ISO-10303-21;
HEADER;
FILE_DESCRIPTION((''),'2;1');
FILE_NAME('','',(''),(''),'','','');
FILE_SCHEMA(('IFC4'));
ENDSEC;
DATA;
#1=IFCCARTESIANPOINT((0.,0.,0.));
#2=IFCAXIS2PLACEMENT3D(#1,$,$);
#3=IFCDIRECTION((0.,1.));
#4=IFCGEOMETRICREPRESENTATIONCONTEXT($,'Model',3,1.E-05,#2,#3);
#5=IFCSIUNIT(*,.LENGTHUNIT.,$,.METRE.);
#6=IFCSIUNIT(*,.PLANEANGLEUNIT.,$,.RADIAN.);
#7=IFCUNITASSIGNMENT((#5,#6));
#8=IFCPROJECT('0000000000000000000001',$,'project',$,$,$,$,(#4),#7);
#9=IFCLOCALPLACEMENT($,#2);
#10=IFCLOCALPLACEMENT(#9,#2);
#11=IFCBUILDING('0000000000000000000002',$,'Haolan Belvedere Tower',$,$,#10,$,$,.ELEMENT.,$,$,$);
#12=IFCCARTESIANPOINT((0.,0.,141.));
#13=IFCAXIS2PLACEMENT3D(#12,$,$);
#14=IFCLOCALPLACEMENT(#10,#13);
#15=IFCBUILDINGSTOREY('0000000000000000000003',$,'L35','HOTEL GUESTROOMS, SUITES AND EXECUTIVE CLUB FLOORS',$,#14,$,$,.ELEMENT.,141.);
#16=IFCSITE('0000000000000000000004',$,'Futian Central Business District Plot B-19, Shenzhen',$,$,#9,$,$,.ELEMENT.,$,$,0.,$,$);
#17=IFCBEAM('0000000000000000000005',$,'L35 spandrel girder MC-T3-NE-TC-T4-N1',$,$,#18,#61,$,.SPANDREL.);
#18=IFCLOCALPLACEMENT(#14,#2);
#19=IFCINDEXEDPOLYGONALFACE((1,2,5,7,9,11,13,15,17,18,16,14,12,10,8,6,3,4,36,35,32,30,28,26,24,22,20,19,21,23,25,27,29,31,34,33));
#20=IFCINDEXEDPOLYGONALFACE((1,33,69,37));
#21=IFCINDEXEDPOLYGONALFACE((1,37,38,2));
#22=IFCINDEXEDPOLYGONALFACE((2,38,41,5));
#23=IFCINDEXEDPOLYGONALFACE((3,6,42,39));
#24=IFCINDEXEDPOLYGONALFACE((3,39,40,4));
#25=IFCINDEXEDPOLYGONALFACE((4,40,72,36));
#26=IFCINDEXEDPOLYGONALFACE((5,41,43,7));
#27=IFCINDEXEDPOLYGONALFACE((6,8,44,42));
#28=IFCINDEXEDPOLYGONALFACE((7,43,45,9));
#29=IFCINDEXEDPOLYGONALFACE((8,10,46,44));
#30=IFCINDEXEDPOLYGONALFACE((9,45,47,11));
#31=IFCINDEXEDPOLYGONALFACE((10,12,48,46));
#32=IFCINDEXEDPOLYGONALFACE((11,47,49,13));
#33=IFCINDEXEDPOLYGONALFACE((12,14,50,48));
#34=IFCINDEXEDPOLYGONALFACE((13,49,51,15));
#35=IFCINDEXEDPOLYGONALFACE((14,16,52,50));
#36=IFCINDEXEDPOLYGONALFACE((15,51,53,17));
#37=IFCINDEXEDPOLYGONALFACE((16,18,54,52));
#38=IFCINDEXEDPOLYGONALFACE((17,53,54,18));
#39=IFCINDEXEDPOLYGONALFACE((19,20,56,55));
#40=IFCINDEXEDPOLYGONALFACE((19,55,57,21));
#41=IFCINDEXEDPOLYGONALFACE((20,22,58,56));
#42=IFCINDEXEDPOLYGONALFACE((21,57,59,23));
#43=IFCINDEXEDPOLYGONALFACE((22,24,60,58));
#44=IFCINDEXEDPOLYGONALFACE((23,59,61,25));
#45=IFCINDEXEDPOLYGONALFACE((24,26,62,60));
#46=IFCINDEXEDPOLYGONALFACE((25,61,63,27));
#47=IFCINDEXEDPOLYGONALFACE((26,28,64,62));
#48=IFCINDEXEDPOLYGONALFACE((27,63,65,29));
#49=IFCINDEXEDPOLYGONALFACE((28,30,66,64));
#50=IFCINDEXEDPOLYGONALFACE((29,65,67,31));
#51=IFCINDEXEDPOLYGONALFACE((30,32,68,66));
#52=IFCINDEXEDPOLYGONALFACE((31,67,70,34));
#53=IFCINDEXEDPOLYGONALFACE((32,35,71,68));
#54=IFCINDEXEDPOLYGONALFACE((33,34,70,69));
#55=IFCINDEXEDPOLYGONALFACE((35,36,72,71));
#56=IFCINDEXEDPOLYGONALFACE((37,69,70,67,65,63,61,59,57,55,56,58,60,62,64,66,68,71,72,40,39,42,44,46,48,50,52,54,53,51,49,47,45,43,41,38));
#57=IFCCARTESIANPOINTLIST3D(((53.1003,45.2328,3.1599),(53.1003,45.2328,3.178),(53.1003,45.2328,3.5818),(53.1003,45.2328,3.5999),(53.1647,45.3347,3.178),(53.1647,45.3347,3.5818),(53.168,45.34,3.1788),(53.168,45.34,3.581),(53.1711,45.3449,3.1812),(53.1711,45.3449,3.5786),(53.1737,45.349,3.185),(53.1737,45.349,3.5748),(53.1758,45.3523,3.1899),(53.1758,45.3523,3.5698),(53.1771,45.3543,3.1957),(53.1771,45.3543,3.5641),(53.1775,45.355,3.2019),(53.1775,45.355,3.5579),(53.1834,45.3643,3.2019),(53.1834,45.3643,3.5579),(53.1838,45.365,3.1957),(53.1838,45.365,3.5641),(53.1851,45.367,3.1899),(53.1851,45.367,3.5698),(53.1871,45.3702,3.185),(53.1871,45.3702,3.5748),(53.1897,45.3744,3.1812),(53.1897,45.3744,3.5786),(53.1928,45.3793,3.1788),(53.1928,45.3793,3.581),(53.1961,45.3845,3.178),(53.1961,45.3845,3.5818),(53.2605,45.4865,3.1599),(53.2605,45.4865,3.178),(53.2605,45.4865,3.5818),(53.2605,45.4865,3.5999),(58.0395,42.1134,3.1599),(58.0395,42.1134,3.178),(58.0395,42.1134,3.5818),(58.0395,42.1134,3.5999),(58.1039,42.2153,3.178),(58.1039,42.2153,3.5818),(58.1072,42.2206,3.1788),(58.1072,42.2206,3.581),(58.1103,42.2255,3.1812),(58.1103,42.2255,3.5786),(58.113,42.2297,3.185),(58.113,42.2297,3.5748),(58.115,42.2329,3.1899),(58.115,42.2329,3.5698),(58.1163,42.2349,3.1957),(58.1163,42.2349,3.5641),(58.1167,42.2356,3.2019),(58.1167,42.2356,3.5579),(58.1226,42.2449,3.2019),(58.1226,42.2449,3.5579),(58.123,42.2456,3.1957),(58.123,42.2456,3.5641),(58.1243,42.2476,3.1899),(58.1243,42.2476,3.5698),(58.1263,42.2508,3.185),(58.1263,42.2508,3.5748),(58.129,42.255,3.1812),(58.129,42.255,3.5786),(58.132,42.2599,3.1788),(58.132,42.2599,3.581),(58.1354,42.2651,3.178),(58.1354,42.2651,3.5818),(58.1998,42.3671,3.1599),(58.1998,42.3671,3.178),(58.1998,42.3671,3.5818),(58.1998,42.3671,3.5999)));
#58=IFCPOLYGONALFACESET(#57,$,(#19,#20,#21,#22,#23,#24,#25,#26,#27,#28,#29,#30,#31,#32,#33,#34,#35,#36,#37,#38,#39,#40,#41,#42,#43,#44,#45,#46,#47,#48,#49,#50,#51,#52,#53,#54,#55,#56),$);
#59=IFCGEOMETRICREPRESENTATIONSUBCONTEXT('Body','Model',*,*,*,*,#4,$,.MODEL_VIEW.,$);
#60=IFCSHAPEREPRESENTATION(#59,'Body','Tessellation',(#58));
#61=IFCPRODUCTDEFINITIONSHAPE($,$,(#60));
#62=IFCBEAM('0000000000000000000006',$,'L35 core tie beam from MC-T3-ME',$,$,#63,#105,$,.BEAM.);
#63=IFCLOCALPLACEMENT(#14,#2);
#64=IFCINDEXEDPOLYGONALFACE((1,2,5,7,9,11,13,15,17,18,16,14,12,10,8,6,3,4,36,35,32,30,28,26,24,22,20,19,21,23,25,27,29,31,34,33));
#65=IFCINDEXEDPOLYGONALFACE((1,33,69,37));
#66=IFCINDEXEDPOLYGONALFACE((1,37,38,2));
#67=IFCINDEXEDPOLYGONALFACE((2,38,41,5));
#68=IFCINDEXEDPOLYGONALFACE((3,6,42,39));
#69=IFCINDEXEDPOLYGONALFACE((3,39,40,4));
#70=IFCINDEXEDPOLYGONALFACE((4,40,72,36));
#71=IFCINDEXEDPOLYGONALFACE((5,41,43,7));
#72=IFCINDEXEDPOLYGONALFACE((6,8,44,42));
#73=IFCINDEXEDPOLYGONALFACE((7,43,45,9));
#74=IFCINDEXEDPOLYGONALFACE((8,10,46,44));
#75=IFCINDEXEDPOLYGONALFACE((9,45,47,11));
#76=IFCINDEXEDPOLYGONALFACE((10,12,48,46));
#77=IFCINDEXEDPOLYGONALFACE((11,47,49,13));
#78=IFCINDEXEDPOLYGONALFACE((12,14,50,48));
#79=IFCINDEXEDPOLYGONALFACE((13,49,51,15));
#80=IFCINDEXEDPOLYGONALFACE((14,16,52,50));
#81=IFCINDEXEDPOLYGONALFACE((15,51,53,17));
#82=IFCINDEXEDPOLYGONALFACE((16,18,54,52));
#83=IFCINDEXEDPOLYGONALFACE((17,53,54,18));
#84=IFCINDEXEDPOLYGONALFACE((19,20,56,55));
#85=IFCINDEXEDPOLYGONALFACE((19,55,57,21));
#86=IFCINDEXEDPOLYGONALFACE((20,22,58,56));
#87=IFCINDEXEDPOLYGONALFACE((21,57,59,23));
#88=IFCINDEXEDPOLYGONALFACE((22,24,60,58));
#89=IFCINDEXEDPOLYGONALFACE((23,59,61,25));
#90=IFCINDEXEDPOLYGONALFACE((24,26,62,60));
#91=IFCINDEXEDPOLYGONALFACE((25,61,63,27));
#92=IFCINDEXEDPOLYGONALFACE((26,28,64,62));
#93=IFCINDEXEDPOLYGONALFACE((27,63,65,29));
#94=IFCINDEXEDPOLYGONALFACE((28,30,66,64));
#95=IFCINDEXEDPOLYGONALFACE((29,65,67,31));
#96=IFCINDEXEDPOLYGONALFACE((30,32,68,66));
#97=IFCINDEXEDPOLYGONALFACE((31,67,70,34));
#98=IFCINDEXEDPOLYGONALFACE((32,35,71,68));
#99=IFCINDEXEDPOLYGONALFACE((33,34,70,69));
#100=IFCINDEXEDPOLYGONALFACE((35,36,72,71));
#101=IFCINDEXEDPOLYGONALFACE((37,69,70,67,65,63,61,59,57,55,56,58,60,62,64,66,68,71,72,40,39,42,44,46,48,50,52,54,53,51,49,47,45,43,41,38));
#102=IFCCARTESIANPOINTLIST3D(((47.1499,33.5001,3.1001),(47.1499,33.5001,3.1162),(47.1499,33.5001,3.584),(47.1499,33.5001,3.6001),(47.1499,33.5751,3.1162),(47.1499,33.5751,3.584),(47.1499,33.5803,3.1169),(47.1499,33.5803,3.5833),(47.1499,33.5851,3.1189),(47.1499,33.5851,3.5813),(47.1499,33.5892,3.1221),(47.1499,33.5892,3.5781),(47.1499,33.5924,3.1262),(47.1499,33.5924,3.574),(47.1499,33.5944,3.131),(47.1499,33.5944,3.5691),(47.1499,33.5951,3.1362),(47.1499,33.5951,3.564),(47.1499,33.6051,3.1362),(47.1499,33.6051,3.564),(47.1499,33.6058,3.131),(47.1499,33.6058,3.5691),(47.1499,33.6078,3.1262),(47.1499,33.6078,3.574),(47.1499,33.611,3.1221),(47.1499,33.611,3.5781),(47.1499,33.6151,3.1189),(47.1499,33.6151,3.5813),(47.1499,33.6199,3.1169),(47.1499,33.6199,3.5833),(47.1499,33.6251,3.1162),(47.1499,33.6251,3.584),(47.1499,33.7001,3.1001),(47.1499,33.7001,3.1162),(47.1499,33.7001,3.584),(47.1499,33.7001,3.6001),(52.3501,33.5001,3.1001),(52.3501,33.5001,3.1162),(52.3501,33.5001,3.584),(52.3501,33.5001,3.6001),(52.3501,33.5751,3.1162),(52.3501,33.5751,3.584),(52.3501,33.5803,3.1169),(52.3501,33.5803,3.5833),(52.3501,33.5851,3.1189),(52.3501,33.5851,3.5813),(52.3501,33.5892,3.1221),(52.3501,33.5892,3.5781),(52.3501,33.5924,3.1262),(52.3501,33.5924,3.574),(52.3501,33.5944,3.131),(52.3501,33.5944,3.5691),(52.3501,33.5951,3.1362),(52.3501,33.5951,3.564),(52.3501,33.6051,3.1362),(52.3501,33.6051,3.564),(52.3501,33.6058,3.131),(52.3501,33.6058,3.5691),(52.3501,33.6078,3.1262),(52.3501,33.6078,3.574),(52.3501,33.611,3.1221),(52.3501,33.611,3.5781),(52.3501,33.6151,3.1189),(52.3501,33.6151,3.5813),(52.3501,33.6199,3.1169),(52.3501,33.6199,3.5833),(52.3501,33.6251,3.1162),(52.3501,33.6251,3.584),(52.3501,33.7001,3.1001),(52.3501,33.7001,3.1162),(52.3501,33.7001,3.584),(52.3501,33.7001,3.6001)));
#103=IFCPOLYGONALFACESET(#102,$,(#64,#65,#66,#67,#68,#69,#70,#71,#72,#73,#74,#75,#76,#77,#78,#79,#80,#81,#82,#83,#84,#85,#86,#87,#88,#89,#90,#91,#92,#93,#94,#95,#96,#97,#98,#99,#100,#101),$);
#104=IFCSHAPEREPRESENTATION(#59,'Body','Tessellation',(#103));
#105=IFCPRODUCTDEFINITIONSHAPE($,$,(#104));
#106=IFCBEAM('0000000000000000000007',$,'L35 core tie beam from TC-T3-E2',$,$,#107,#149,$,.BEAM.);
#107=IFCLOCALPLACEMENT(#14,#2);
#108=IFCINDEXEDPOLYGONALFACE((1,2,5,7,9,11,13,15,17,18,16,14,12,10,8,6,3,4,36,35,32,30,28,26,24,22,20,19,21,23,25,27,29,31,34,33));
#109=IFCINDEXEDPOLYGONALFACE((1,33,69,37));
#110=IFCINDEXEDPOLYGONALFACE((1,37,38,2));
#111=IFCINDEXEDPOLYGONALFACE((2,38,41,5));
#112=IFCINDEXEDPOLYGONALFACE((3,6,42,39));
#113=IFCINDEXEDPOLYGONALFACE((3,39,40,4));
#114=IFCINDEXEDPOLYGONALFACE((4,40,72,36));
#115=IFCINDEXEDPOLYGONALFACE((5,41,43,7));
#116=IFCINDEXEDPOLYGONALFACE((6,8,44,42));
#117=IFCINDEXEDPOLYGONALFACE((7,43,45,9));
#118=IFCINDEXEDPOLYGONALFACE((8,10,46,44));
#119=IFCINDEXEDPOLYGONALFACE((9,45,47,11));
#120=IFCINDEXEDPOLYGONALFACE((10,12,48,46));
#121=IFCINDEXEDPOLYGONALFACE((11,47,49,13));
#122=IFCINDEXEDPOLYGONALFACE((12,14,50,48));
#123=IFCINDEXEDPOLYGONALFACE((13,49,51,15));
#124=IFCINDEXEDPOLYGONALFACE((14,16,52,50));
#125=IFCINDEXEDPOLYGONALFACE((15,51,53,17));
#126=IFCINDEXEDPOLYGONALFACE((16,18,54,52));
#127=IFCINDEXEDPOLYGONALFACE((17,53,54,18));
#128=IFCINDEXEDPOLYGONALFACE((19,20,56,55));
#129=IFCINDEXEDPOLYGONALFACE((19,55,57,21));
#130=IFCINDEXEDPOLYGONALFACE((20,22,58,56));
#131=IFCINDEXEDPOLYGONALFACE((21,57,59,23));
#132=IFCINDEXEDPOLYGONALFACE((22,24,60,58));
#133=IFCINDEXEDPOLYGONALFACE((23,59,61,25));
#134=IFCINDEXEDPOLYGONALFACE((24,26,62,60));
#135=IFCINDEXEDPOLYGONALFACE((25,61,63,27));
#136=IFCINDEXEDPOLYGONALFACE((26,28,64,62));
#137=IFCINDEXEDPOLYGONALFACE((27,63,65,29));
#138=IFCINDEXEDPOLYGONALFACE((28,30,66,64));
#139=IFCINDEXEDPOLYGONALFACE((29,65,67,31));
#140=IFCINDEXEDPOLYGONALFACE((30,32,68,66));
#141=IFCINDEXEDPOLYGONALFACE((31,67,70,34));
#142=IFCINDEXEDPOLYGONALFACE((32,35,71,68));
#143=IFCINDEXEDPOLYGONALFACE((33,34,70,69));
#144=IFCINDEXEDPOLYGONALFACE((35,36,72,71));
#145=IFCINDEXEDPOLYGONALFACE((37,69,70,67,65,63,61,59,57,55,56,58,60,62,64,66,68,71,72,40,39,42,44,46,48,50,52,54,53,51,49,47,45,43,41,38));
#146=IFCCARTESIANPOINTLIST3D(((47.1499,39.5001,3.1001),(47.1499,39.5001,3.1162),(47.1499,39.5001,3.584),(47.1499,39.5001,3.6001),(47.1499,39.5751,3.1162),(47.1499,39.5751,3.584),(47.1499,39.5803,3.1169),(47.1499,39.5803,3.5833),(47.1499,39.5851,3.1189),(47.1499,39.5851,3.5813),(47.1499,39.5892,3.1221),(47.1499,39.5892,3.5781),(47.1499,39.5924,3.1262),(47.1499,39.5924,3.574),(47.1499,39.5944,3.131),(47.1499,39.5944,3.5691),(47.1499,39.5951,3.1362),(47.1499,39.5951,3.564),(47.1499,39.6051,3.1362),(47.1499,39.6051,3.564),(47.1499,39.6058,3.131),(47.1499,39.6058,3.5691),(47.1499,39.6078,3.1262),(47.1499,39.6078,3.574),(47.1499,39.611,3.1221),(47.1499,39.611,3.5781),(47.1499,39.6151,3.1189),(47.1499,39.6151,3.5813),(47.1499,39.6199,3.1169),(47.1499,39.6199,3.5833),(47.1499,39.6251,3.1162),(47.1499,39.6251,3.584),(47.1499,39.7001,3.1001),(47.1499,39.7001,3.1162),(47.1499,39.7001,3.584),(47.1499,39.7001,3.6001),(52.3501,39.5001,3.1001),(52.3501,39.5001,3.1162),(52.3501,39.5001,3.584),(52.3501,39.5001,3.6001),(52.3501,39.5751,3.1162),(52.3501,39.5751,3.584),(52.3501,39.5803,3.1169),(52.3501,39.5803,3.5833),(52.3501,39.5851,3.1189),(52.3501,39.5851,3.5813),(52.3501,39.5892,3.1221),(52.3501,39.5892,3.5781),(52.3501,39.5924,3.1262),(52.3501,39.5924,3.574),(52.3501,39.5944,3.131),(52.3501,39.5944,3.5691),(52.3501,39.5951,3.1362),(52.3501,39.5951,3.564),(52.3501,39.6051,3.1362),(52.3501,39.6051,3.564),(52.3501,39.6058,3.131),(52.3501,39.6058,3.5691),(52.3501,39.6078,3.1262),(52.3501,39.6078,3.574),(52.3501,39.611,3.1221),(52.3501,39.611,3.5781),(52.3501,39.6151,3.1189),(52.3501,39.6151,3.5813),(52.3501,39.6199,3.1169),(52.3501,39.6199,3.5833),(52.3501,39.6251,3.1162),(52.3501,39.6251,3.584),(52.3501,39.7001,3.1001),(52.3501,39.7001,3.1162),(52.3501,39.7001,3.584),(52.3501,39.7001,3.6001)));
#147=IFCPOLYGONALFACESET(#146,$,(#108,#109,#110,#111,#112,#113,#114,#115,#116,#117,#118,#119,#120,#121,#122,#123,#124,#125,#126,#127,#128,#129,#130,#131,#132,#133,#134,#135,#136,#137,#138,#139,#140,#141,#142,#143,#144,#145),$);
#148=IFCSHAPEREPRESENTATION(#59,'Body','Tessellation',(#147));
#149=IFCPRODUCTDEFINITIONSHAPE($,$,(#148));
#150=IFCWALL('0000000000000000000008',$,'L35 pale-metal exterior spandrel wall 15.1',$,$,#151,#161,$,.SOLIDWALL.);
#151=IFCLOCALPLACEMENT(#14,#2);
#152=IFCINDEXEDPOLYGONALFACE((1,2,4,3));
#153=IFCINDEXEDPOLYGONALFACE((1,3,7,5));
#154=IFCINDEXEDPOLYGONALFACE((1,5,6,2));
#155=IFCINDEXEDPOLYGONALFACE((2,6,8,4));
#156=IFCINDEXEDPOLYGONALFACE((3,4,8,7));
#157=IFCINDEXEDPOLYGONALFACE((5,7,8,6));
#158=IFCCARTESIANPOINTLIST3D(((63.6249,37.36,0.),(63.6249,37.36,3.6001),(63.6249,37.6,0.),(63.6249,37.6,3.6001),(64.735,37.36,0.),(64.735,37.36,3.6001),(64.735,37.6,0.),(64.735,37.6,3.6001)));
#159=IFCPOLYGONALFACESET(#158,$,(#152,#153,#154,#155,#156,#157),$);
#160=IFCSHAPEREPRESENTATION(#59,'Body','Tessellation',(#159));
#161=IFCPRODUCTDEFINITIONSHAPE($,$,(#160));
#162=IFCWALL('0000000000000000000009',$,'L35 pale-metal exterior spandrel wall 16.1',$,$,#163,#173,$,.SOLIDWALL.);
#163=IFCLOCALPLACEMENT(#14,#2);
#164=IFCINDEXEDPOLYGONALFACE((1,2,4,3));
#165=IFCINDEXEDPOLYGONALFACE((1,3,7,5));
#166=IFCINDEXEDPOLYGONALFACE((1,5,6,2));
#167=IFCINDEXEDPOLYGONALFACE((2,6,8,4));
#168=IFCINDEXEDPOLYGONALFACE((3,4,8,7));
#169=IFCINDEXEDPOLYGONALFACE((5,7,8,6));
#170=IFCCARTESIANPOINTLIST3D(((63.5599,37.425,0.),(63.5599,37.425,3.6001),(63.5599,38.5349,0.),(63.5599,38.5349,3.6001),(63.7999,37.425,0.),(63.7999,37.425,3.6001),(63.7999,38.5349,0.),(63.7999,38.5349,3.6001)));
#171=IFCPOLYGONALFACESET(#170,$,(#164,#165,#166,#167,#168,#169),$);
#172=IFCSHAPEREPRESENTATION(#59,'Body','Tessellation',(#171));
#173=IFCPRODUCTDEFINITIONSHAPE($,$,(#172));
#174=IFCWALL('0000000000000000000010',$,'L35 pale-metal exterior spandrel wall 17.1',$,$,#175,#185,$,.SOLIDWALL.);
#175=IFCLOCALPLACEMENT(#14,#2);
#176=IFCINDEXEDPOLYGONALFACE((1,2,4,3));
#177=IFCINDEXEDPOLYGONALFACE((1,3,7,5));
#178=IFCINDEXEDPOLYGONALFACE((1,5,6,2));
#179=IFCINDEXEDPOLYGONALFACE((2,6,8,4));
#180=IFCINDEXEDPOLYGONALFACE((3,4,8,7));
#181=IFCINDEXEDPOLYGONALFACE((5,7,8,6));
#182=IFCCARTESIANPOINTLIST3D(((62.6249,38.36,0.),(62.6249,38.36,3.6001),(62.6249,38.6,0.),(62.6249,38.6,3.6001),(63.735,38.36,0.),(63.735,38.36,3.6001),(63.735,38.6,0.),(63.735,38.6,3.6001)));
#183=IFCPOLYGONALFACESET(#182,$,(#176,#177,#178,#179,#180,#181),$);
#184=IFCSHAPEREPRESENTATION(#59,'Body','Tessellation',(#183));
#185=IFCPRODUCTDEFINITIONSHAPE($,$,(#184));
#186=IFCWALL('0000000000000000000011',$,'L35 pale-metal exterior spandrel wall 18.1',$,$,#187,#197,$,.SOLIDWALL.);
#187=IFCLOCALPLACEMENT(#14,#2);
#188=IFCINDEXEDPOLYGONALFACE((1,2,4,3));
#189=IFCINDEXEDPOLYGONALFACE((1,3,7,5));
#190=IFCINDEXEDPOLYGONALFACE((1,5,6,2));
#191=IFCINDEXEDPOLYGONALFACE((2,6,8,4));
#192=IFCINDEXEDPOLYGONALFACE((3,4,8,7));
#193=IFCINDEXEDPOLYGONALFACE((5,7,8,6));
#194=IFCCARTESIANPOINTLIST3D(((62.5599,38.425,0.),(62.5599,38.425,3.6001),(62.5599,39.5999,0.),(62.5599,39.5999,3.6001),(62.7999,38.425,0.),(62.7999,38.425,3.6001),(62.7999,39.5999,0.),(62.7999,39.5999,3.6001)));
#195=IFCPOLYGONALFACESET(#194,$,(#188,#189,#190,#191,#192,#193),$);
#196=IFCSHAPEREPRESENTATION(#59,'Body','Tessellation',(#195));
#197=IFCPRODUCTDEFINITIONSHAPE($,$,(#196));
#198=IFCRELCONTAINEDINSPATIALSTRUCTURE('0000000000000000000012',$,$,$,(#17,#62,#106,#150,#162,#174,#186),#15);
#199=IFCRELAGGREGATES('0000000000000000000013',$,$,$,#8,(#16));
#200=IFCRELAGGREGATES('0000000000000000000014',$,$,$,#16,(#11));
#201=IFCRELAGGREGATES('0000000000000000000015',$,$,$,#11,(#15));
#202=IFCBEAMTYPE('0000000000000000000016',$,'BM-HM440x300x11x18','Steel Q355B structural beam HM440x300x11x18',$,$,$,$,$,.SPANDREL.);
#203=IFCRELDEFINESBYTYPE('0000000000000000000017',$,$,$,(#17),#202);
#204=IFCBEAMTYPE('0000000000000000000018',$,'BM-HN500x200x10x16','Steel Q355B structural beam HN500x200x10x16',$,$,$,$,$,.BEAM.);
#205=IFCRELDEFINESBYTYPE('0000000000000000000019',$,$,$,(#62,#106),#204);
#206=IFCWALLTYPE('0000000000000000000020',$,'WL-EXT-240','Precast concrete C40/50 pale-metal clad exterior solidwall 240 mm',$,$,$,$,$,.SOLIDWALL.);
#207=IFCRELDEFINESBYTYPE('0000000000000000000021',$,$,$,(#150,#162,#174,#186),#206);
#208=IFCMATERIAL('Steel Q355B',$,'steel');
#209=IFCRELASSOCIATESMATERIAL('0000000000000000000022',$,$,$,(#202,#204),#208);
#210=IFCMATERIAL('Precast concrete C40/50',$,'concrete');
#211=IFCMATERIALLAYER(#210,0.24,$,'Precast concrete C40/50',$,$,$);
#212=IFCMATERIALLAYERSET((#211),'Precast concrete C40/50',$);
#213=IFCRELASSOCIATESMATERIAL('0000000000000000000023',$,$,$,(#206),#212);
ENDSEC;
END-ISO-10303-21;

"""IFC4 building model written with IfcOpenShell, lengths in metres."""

from ifc_helpers import new_model, si_unit, direction, frame, frame_2d, origin, origin_2d, place, context, subcontext, project, spatial, rectangle, i_section, extrude, material, layer, layer_set, material_profile, profile_set, type_object, element, save


model = new_model("IFC4")

# Units and contexts
model_context = context("Model", 3, precision=1e-05, world=origin(), true_north=direction((0.0, 1.0)))
body_context = subcontext(model_context, "Body", "Model", "MODEL_VIEW")
ifc_project = project(units=[si_unit("LENGTHUNIT", "METRE"), si_unit("PLANEANGLEUNIT", "RADIAN")], contexts=[model_context])

# Site, building, storey
site_placement = place(None, origin())
site = spatial("IfcSite", under=ifc_project, at=site_placement, Name="Futian Central Business District Plot B-19, Shenzhen", CompositionType="ELEMENT", RefElevation=0.0)
building_placement = place(site_placement, origin())
building = spatial("IfcBuilding", under=site, at=building_placement, Name="Haolan Belvedere Tower", CompositionType="ELEMENT")
storey_placement = place(building_placement, frame((0.0, 0.0, 141.0)))
storey = spatial("IfcBuildingStorey", under=building, at=storey_placement, Name="L35", Description="HOTEL GUESTROOMS, SUITES AND EXECUTIVE CLUB FLOORS", CompositionType="ELEMENT", Elevation=141.0)

# Beams
ifc_material_1 = material(Name="Steel Q355B", Category="steel")
ifc_material_profile_1 = material_profile(ifc_material_1, i_section(OverallWidth=0.3, OverallDepth=0.4399, WebThickness=0.011, FlangeThickness=0.0181, FilletRadius=0.0239, at=origin_2d()), Name="Steel Q355B")
ifc_profile_set_1 = profile_set([ifc_material_profile_1], Name="Steel Q355B")
beam_type_1 = type_object("IfcBeamType", Name="BM-HM440x300x11x18", Description="Steel Q355B structural beam HM440x300x11x18", PredefinedType="SPANDREL", material=ifc_profile_set_1)
beam_placement = place(storey_placement, frame((53.1804, 45.3596, 3.3799), z_axis=(0.845498, -0.533979, 0.0), x_axis=(0.533979, 0.845498, 0.0)))
element("IfcBeam", 1, at=beam_placement, inside=storey, type_object=beam_type_1, Name="L35 spandrel girder MC-T3-NE-TC-T4-N1", PredefinedType="SPANDREL", context=body_context, shape_type="SweptSolid", body=[
    extrude(i_section(OverallWidth=0.3, OverallDepth=0.4399, WebThickness=0.011, FlangeThickness=0.0181, FilletRadius=0.0239, at=origin_2d()), origin(), (0.0, 0.0, 1.0), 5.8418),
])
ifc_material_profile_2 = material_profile(ifc_material_1, i_section(OverallWidth=0.2, OverallDepth=0.5, WebThickness=0.01, FlangeThickness=0.0161, FilletRadius=0.02, at=origin_2d()), Name="Steel Q355B")
ifc_profile_set_2 = profile_set([ifc_material_profile_2], Name="Steel Q355B")
beam_type_2 = type_object("IfcBeamType", Name="BM-HN500x200x10x16", Description="Steel Q355B structural beam HN500x200x10x16", PredefinedType="BEAM", material=ifc_profile_set_2)
for number, where, z_axis, x_axis, name in (
    (2, (52.3501, 33.6001, 3.3501), (-1.0, 0.0, 0.0), (0.0, -1.0, 0.0), "L35 core tie beam from MC-T3-ME"),
    (3, (52.3501, 39.6001, 3.3501), (-1.0, 0.0, 0.0), (0.0, -1.0, 0.0), "L35 core tie beam from TC-T3-E2"),
):
    element("IfcBeam", number, at=place(storey_placement, frame(where, z_axis=z_axis, x_axis=x_axis)), inside=storey, type_object=beam_type_2, Name=name, PredefinedType="BEAM", context=body_context, shape_type="SweptSolid", body=[
        extrude(i_section(OverallWidth=0.2, OverallDepth=0.5, WebThickness=0.01, FlangeThickness=0.0161, FilletRadius=0.02, at=origin_2d()), origin(), (0.0, 0.0, 1.0), 5.2002),
    ])

# Walls
ifc_material_2 = material(Name="Precast concrete C40/50", Category="concrete")
ifc_layer_1 = layer(ifc_material_2, 0.24, Name="Precast concrete C40/50")
ifc_layer_set_1 = layer_set([ifc_layer_1], Name="Precast concrete C40/50")
wall_type_1 = type_object("IfcWallType", Name="WL-EXT-240", Description="Precast concrete C40/50 pale-metal clad exterior solidwall 240 mm", PredefinedType="SOLIDWALL", material=ifc_layer_set_1)
wall_1_placement = place(storey_placement, frame((64.7351, 37.48, 0.0), z_axis=(0.0, 0.0, 1.0), x_axis=(-1.0, 0.0, 0.0)))
element("IfcWall", 4, at=wall_1_placement, inside=storey, type_object=wall_type_1, Name="L35 pale-metal exterior spandrel wall 15.1", PredefinedType="SOLIDWALL", context=body_context, shape_type="SweptSolid", body=[
    extrude(rectangle(XDim=1.1101, YDim=0.24, at=frame_2d((0.5552, 0.0))), origin(), (0.0, 0.0, 1.0), 3.6001),
])
wall_2_placement = place(storey_placement, frame((63.6799, 37.425, 0.0), z_axis=(0.0, 0.0, 1.0), x_axis=(0.0, 1.0, 0.0)))
element("IfcWall", 5, at=wall_2_placement, inside=storey, type_object=wall_type_1, Name="L35 pale-metal exterior spandrel wall 16.1", PredefinedType="SOLIDWALL", context=body_context, shape_type="SweptSolid", body=[
    extrude(rectangle(XDim=1.1099, YDim=0.24, at=frame_2d((0.5549, 0.0))), origin(), (0.0, 0.0, 1.0), 3.6001),
])
wall_3_placement = place(storey_placement, frame((63.7351, 38.48, 0.0), z_axis=(0.0, 0.0, 1.0), x_axis=(-1.0, 0.0, 0.0)))
element("IfcWall", 6, at=wall_3_placement, inside=storey, type_object=wall_type_1, Name="L35 pale-metal exterior spandrel wall 17.1", PredefinedType="SOLIDWALL", context=body_context, shape_type="SweptSolid", body=[
    extrude(rectangle(XDim=1.1101, YDim=0.24, at=frame_2d((0.5552, 0.0))), origin(), (0.0, 0.0, 1.0), 3.6001),
])
wall_4_placement = place(storey_placement, frame((62.6799, 38.425, 0.0), z_axis=(0.0, 0.0, 1.0), x_axis=(0.0, 1.0, 0.0)))
element("IfcWall", 7, at=wall_4_placement, inside=storey, type_object=wall_type_1, Name="L35 pale-metal exterior spandrel wall 18.1", PredefinedType="SOLIDWALL", context=body_context, shape_type="SweptSolid", body=[
    extrude(rectangle(XDim=1.1748, YDim=0.24, at=frame_2d((0.5874, 0.0))), origin(), (0.0, 0.0, 1.0), 3.6001),
])

save(model, "model.ifc")
